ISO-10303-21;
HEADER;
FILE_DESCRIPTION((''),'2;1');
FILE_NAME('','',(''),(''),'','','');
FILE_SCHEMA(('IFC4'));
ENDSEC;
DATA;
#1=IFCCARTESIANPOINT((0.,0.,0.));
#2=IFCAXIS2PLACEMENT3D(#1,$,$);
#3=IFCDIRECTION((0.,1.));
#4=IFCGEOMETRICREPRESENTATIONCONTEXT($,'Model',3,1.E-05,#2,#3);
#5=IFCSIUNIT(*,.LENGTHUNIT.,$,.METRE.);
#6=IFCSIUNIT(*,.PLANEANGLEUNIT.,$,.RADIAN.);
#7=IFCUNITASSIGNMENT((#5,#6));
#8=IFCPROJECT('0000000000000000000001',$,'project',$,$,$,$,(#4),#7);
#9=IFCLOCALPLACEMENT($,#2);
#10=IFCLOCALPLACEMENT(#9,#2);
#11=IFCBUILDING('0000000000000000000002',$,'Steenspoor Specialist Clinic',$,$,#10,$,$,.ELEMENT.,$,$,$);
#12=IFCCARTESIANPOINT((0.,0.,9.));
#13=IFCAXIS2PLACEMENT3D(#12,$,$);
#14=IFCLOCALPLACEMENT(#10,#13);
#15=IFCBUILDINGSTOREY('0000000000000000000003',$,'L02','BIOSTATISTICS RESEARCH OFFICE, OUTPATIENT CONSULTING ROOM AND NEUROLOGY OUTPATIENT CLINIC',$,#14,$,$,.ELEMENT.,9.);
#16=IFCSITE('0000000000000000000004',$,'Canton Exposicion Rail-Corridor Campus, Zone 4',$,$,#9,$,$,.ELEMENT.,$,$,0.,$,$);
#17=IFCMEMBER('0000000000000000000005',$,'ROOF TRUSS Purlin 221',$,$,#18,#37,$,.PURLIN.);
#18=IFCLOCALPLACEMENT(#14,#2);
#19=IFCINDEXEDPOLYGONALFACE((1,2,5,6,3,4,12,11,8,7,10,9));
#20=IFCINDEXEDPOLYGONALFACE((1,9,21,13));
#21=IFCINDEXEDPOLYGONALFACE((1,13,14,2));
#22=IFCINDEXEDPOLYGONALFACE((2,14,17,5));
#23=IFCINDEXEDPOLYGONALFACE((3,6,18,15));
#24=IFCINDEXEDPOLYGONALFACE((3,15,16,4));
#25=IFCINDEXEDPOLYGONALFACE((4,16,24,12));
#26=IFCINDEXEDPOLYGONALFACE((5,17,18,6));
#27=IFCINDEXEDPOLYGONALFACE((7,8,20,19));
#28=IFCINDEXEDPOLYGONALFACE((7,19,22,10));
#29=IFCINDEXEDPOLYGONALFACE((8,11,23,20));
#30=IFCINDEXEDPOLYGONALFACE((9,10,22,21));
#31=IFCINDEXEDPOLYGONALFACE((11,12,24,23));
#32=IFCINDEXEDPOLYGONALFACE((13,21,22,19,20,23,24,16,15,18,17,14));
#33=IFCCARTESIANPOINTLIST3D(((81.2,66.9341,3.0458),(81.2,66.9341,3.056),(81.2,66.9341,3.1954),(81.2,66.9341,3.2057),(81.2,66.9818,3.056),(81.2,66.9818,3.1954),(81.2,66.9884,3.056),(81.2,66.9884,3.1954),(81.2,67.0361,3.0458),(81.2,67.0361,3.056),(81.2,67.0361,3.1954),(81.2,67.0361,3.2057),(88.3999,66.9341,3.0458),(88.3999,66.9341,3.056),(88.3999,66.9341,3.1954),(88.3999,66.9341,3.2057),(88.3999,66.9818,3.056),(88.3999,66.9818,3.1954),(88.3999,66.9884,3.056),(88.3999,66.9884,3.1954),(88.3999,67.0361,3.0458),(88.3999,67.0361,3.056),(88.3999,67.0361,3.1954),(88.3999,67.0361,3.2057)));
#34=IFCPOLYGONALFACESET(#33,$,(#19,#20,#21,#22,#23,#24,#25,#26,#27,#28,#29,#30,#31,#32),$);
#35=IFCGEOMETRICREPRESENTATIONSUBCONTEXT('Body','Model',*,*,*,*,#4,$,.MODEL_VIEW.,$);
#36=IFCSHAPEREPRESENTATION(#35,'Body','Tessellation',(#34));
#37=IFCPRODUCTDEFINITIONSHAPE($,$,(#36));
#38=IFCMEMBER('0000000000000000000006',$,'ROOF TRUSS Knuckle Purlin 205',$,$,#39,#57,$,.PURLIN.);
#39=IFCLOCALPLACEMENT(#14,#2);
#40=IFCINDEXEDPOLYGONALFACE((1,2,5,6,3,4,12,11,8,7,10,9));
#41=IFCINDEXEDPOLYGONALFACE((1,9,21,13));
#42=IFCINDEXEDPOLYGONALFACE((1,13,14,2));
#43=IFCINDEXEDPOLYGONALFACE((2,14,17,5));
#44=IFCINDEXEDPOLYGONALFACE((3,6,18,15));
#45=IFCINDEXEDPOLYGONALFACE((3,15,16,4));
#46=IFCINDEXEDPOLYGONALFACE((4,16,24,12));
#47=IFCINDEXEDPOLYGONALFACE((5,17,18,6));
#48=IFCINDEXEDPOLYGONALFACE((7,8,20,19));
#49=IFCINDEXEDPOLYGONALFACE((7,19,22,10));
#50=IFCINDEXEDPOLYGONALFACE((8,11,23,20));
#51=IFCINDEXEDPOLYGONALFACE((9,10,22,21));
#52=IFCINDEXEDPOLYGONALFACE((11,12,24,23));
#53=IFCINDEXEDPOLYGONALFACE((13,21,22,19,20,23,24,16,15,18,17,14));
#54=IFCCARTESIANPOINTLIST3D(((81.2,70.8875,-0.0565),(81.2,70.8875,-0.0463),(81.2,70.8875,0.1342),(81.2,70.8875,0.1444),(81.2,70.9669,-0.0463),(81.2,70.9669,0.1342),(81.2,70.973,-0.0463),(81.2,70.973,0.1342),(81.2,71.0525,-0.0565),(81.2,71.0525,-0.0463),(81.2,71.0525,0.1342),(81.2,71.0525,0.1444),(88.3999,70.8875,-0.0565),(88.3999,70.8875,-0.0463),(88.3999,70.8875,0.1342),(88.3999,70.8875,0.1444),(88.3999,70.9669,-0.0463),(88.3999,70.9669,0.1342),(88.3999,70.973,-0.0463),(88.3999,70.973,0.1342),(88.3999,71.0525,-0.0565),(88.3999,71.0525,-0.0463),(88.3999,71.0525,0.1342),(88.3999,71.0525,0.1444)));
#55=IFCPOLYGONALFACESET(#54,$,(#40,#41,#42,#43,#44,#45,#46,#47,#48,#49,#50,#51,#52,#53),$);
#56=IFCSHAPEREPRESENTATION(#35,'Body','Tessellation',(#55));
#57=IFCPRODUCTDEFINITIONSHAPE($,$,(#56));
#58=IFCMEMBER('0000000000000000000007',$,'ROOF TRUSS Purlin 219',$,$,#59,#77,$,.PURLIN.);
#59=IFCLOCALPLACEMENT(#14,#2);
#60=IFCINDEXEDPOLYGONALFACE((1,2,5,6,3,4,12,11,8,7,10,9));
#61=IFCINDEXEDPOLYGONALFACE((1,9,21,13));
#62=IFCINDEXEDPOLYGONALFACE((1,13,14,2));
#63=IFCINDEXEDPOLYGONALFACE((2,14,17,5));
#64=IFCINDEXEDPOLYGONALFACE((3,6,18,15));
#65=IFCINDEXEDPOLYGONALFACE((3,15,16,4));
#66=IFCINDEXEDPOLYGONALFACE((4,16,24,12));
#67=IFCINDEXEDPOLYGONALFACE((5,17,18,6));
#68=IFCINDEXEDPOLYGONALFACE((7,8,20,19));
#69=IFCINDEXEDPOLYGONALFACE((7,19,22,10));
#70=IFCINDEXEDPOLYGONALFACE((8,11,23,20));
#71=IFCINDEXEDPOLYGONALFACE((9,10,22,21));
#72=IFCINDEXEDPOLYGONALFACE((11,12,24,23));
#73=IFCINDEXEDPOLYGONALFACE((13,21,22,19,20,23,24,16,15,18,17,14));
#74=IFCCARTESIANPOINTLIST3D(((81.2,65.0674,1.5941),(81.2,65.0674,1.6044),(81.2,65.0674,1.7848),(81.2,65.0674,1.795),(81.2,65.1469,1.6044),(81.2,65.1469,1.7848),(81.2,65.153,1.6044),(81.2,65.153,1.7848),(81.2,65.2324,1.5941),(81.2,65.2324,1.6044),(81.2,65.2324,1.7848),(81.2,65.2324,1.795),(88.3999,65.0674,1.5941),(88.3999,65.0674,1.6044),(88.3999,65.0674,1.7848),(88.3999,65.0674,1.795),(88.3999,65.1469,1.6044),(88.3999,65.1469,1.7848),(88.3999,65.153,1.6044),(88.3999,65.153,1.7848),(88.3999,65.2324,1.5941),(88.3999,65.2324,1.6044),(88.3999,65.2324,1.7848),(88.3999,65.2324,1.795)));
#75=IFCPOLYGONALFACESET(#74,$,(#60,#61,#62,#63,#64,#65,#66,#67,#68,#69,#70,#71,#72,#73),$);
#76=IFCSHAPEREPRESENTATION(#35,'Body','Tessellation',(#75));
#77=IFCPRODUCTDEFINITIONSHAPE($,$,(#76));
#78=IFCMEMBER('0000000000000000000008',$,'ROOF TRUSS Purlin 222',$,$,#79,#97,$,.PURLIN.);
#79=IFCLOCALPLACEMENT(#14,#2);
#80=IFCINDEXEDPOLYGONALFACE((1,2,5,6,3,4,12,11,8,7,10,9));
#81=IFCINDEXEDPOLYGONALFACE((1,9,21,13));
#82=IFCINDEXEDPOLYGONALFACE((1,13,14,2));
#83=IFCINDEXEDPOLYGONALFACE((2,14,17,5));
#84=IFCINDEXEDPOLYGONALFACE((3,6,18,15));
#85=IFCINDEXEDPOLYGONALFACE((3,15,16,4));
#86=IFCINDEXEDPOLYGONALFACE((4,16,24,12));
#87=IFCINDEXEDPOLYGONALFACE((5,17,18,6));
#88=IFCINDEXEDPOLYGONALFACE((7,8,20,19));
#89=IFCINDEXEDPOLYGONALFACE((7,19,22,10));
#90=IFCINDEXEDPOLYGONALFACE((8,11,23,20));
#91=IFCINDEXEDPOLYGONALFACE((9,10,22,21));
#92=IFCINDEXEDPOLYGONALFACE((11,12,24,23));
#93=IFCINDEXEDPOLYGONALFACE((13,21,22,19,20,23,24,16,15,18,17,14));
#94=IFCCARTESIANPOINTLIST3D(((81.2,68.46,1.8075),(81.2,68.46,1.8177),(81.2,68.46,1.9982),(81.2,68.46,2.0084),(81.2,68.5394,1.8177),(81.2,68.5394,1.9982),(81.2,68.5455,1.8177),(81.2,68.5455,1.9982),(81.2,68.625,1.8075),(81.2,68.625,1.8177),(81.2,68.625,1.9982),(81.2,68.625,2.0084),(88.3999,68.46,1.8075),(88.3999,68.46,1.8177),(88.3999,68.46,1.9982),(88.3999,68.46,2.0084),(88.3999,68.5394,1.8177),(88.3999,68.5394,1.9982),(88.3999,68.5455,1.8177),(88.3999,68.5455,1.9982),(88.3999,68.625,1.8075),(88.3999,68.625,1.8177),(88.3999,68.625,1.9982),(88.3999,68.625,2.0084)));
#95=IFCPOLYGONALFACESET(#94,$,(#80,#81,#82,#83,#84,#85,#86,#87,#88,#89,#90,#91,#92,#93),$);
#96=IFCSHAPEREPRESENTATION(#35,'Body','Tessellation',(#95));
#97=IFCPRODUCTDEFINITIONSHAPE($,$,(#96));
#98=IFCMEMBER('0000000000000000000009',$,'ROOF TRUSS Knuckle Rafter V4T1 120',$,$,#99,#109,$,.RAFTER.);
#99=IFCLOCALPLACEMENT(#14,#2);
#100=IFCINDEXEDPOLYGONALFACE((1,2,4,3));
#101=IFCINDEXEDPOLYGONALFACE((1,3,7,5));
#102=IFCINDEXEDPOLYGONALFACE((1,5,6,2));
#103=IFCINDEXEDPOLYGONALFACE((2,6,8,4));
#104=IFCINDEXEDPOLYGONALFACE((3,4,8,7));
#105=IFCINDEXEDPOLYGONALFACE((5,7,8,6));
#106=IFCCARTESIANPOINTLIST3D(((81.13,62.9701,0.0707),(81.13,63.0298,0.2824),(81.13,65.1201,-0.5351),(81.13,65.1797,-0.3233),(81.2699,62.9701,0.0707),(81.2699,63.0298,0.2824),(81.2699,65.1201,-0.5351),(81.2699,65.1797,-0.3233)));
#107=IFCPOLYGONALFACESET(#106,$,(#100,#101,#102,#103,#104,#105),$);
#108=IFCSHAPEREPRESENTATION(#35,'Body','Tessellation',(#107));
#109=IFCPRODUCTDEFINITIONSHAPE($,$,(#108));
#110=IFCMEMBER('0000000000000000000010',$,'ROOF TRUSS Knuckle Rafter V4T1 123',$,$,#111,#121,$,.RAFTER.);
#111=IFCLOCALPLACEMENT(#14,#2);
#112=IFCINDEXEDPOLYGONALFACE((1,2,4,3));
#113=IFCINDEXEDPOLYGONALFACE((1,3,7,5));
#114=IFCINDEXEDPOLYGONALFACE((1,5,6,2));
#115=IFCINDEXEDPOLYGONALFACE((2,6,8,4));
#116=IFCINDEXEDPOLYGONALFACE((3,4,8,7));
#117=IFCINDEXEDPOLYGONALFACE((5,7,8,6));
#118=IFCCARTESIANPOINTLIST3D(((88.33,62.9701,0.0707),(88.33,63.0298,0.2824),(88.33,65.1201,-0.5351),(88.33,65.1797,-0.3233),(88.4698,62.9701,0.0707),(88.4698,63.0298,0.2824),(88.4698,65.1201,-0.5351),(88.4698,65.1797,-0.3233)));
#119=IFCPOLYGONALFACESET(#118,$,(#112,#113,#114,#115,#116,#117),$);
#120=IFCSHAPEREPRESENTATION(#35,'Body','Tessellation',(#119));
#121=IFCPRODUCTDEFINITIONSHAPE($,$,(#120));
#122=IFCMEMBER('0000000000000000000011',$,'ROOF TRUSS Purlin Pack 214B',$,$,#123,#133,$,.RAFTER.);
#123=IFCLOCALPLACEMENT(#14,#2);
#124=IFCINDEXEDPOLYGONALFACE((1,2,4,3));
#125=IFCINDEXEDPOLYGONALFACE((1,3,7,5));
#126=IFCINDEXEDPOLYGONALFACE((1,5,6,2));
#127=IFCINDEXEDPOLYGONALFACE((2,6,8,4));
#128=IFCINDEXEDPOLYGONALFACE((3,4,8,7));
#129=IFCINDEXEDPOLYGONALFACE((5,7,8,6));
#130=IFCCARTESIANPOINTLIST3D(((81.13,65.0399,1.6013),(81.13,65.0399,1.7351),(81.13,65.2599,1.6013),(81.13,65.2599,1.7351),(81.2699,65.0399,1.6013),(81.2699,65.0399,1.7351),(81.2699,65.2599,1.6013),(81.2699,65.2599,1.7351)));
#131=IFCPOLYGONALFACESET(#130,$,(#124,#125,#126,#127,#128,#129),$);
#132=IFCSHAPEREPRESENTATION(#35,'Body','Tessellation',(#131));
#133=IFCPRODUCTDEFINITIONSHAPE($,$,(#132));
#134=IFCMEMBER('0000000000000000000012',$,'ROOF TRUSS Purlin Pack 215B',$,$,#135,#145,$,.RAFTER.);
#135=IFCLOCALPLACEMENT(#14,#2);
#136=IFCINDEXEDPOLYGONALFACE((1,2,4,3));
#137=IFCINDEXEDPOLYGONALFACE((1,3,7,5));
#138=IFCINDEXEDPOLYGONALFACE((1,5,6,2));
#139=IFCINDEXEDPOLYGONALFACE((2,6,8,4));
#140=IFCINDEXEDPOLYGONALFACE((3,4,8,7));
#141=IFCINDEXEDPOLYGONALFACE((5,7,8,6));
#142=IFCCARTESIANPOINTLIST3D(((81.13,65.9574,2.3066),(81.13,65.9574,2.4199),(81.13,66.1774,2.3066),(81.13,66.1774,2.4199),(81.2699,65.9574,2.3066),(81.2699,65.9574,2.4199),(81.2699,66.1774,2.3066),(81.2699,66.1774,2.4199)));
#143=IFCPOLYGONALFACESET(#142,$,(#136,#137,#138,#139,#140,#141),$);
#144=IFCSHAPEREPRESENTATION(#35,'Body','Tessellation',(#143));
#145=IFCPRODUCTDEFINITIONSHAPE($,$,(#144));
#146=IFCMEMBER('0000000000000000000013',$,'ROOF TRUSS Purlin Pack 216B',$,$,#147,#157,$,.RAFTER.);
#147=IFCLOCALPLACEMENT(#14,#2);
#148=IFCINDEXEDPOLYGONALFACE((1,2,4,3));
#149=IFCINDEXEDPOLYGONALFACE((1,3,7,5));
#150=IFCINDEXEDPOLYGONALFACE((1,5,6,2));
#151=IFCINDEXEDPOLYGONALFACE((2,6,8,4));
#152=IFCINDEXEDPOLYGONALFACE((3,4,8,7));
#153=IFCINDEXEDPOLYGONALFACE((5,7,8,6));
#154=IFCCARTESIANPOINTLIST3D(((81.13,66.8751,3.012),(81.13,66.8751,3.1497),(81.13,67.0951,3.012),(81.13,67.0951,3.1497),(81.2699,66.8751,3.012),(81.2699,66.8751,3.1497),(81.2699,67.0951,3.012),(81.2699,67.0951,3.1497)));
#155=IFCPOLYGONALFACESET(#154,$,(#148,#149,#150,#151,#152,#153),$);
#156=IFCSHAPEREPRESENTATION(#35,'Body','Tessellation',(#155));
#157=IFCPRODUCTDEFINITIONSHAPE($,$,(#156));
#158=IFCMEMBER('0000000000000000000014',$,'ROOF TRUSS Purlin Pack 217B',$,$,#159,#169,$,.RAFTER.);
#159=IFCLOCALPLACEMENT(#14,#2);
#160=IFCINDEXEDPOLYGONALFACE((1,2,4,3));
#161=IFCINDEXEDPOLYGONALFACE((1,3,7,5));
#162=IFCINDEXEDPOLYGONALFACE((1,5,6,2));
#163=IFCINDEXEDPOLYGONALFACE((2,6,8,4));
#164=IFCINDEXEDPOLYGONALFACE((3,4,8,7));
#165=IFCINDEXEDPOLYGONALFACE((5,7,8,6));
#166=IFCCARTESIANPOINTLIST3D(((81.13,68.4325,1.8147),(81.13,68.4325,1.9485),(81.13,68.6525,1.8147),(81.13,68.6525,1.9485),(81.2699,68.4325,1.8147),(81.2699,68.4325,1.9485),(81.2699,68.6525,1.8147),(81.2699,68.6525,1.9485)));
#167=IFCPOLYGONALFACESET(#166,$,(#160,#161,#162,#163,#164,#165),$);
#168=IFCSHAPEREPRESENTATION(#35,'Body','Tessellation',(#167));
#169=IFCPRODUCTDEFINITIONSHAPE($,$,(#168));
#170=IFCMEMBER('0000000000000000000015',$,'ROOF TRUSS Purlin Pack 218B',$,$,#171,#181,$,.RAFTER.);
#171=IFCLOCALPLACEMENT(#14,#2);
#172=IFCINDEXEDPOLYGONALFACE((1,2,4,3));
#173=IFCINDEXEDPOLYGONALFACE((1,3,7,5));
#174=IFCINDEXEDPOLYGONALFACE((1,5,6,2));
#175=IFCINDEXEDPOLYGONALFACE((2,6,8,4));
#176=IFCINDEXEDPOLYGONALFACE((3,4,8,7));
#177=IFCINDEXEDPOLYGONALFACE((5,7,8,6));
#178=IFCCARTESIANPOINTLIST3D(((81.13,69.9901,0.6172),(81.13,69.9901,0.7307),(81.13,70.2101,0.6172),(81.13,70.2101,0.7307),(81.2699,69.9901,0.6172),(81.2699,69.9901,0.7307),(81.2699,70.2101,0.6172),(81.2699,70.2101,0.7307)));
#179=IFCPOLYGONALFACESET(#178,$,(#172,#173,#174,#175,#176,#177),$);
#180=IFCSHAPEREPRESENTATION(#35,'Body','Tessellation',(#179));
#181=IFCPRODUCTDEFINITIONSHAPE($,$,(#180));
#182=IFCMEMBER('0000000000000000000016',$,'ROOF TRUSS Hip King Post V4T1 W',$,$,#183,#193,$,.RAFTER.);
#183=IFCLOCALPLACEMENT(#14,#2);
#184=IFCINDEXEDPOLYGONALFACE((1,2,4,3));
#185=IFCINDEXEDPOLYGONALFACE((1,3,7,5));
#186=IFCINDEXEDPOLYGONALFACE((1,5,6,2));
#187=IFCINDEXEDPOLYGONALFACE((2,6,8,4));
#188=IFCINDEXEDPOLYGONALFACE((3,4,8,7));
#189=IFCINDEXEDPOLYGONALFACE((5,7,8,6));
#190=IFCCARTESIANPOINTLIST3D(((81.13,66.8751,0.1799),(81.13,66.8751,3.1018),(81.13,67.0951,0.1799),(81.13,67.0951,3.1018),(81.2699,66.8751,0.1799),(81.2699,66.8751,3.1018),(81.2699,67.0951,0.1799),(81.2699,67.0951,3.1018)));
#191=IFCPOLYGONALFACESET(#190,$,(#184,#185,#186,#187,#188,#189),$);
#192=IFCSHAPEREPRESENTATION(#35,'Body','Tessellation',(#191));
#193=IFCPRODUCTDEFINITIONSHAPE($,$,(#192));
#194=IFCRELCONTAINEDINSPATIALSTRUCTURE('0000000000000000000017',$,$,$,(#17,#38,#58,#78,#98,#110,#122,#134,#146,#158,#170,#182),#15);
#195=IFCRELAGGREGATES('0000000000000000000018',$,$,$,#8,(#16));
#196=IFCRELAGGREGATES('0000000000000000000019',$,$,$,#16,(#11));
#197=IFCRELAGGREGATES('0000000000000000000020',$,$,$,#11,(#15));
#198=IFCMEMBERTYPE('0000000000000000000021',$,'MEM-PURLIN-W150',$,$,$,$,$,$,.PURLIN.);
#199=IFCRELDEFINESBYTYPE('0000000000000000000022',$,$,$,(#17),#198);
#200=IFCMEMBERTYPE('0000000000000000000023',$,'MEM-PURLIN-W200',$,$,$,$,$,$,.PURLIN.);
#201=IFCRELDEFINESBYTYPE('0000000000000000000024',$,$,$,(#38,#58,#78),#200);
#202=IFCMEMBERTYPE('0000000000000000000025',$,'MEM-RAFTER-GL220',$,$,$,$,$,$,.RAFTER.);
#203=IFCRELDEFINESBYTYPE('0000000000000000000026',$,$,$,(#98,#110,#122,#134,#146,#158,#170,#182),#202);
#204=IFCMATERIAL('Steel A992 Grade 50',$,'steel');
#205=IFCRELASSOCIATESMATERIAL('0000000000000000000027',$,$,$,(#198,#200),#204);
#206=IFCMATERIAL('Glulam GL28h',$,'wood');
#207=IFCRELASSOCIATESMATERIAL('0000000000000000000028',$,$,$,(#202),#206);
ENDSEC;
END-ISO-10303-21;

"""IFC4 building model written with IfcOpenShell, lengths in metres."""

from ifc_helpers import new_model, si_unit, direction, frame, origin, origin_2d, place, context, subcontext, project, spatial, rectangle, i_section, extrude, material, material_profile, profile_set, type_object, element, save


model = new_model("IFC4")

# Units and contexts
model_context = context("Model", 3, precision=1e-05, world=origin(), true_north=direction((0.0, 1.0)))
body_context = subcontext(model_context, "Body", "Model", "MODEL_VIEW")
ifc_project = project(units=[si_unit("LENGTHUNIT", "METRE"), si_unit("PLANEANGLEUNIT", "RADIAN")], contexts=[model_context])

# Site, building, storey
site_placement = place(None, origin())
site = spatial("IfcSite", under=ifc_project, at=site_placement, Name="Canton Exposicion Rail-Corridor Campus, Zone 4", CompositionType="ELEMENT", RefElevation=0.0)
building_placement = place(site_placement, origin())
building = spatial("IfcBuilding", under=site, at=building_placement, Name="Steenspoor Specialist Clinic", CompositionType="ELEMENT")
storey_placement = place(building_placement, frame((0.0, 0.0, 9.0)))
storey = spatial("IfcBuildingStorey", under=building, at=storey_placement, Name="L02", Description="BIOSTATISTICS RESEARCH OFFICE, OUTPATIENT CONSULTING ROOM AND NEUROLOGY OUTPATIENT CLINIC", CompositionType="ELEMENT", Elevation=9.0)

# Shared definitions
ifc_material_1 = material(Name="Steel A992 Grade 50", Category="steel")

# Members
ifc_material_profile_1 = material_profile(ifc_material_1, i_section(OverallWidth=0.1021, OverallDepth=0.1599, WebThickness=0.0066, FlangeThickness=0.0103, at=origin_2d()), Name="W150X24")
ifc_profile_set_1 = profile_set([ifc_material_profile_1], Name="Steel A992 Grade 50")
member_type_1 = type_object("IfcMemberType", Name="MEM-PURLIN-W150", PredefinedType="PURLIN", material=ifc_profile_set_1)
member_1_placement = place(storey_placement, frame((81.2, 66.9851, 3.1257), z_axis=(1.0, 0.0, 0.0), x_axis=(0.0, 1.0, 0.0)))
element("IfcMember", 1, at=member_1_placement, inside=storey, type_object=member_type_1, Name="ROOF TRUSS Purlin 221", PredefinedType="PURLIN", context=body_context, shape_type="SweptSolid", body=[
    extrude(i_section(OverallWidth=0.1021, OverallDepth=0.1599, WebThickness=0.0066, FlangeThickness=0.0103, at=origin_2d()), origin(), (0.0, 0.0, 1.0), 7.2),
])
ifc_material_profile_2 = material_profile(ifc_material_1, i_section(OverallWidth=0.165, OverallDepth=0.2009, WebThickness=0.0061, FlangeThickness=0.0103, at=origin_2d()), Name="W200X36")
ifc_profile_set_2 = profile_set([ifc_material_profile_2], Name="Steel A992 Grade 50")
member_type_2 = type_object("IfcMemberType", Name="MEM-PURLIN-W200", PredefinedType="PURLIN", material=ifc_profile_set_2)
for number, where, z_axis, x_axis, name in (
    (2, (81.2, 70.97, 0.0439), (1.0, 0.0, 0.0), (0.0, 1.0, 0.0), "ROOF TRUSS Knuckle Purlin 205"),
    (3, (81.2, 65.1499, 1.6946), (1.0, 0.0, 0.0), (0.0, 1.0, 0.0), "ROOF TRUSS Purlin 219"),
    (4, (81.2, 68.5425, 1.908), (1.0, 0.0, 0.0), (0.0, 1.0, 0.0), "ROOF TRUSS Purlin 222"),
):
    element("IfcMember", number, at=place(storey_placement, frame(where, z_axis=z_axis, x_axis=x_axis)), inside=storey, type_object=member_type_2, Name=name, PredefinedType="PURLIN", context=body_context, shape_type="SweptSolid", body=[
        extrude(i_section(OverallWidth=0.165, OverallDepth=0.2009, WebThickness=0.0061, FlangeThickness=0.0103, at=origin_2d()), origin(), (0.0, 0.0, 1.0), 7.2),
    ])
ifc_material_2 = material(Name="Glulam GL28h", Category="wood")
ifc_material_profile_3 = material_profile(ifc_material_2, rectangle(XDim=0.1399, YDim=0.22, at=origin_2d()), Name="GL28H-140X220")
ifc_profile_set_3 = profile_set([ifc_material_profile_3], Name="Glulam GL28h")
member_type_3 = type_object("IfcMemberType", Name="MEM-RAFTER-GL220", PredefinedType="RAFTER", material=ifc_profile_set_3)
for number, where, z_axis, x_axis, name in (
    (5, (81.2, 65.1499, -0.4292), (0.0, -0.962528, 0.271182), (1.0, 0.0, 0.0), "ROOF TRUSS Knuckle Rafter V4T1 120"),
    (6, (88.3999, 65.1499, -0.4292), (0.0, -0.962528, 0.271182), (1.0, 0.0, 0.0), "ROOF TRUSS Knuckle Rafter V4T1 123"),
):
    element("IfcMember", number, at=place(storey_placement, frame(where, z_axis=z_axis, x_axis=x_axis)), inside=storey, type_object=member_type_3, Name=name, PredefinedType="RAFTER", context=body_context, shape_type="SweptSolid", body=[
        extrude(rectangle(XDim=0.1399, YDim=0.22, at=origin_2d()), origin(), (0.0, 0.0, 1.0), 2.2336),
    ])
member_2_placement = place(storey_placement, frame((81.2, 65.1499, 1.6013), z_axis=(0.0, 0.0, 1.0), x_axis=(1.0, 0.0, 0.0)))
element("IfcMember", 7, at=member_2_placement, inside=storey, type_object=member_type_3, Name="ROOF TRUSS Purlin Pack 214B", PredefinedType="RAFTER", context=body_context, shape_type="SweptSolid", body=[
    extrude(rectangle(XDim=0.1399, YDim=0.22, at=origin_2d()), origin(), (0.0, 0.0, 1.0), 0.1338),
])
member_3_placement = place(storey_placement, frame((81.2, 66.0674, 2.3066), z_axis=(0.0, 0.0, 1.0), x_axis=(1.0, 0.0, 0.0)))
element("IfcMember", 8, at=member_3_placement, inside=storey, type_object=member_type_3, Name="ROOF TRUSS Purlin Pack 215B", PredefinedType="RAFTER", context=body_context, shape_type="SweptSolid", body=[
    extrude(rectangle(XDim=0.1399, YDim=0.22, at=origin_2d()), origin(), (0.0, 0.0, 1.0), 0.1133),
])
member_4_placement = place(storey_placement, frame((81.2, 66.9851, 3.012), z_axis=(0.0, 0.0, 1.0), x_axis=(1.0, 0.0, 0.0)))
element("IfcMember", 9, at=member_4_placement, inside=storey, type_object=member_type_3, Name="ROOF TRUSS Purlin Pack 216B", PredefinedType="RAFTER", context=body_context, shape_type="SweptSolid", body=[
    extrude(rectangle(XDim=0.1399, YDim=0.22, at=origin_2d()), origin(), (0.0, 0.0, 1.0), 0.1377),
])
member_5_placement = place(storey_placement, frame((81.2, 68.5425, 1.8147), z_axis=(0.0, 0.0, 1.0), x_axis=(1.0, 0.0, 0.0)))
element("IfcMember", 10, at=member_5_placement, inside=storey, type_object=member_type_3, Name="ROOF TRUSS Purlin Pack 217B", PredefinedType="RAFTER", context=body_context, shape_type="SweptSolid", body=[
    extrude(rectangle(XDim=0.1399, YDim=0.22, at=origin_2d()), origin(), (0.0, 0.0, 1.0), 0.1338),
])
member_6_placement = place(storey_placement, frame((81.2, 70.1001, 0.6172), z_axis=(0.0, 0.0, 1.0), x_axis=(1.0, 0.0, 0.0)))
element("IfcMember", 11, at=member_6_placement, inside=storey, type_object=member_type_3, Name="ROOF TRUSS Purlin Pack 218B", PredefinedType="RAFTER", context=body_context, shape_type="SweptSolid", body=[
    extrude(rectangle(XDim=0.1399, YDim=0.22, at=origin_2d()), origin(), (0.0, 0.0, 1.0), 0.1135),
])
member_7_placement = place(storey_placement, frame((81.2, 66.9851, 0.1799), z_axis=(0.0, 0.0, 1.0), x_axis=(1.0, 0.0, 0.0)))
element("IfcMember", 12, at=member_7_placement, inside=storey, type_object=member_type_3, Name="ROOF TRUSS Hip King Post V4T1 W", PredefinedType="RAFTER", context=body_context, shape_type="SweptSolid", body=[
    extrude(rectangle(XDim=0.1399, YDim=0.22, at=origin_2d()), origin(), (0.0, 0.0, 1.0), 2.9219),
])

save(model, "model.ifc")
